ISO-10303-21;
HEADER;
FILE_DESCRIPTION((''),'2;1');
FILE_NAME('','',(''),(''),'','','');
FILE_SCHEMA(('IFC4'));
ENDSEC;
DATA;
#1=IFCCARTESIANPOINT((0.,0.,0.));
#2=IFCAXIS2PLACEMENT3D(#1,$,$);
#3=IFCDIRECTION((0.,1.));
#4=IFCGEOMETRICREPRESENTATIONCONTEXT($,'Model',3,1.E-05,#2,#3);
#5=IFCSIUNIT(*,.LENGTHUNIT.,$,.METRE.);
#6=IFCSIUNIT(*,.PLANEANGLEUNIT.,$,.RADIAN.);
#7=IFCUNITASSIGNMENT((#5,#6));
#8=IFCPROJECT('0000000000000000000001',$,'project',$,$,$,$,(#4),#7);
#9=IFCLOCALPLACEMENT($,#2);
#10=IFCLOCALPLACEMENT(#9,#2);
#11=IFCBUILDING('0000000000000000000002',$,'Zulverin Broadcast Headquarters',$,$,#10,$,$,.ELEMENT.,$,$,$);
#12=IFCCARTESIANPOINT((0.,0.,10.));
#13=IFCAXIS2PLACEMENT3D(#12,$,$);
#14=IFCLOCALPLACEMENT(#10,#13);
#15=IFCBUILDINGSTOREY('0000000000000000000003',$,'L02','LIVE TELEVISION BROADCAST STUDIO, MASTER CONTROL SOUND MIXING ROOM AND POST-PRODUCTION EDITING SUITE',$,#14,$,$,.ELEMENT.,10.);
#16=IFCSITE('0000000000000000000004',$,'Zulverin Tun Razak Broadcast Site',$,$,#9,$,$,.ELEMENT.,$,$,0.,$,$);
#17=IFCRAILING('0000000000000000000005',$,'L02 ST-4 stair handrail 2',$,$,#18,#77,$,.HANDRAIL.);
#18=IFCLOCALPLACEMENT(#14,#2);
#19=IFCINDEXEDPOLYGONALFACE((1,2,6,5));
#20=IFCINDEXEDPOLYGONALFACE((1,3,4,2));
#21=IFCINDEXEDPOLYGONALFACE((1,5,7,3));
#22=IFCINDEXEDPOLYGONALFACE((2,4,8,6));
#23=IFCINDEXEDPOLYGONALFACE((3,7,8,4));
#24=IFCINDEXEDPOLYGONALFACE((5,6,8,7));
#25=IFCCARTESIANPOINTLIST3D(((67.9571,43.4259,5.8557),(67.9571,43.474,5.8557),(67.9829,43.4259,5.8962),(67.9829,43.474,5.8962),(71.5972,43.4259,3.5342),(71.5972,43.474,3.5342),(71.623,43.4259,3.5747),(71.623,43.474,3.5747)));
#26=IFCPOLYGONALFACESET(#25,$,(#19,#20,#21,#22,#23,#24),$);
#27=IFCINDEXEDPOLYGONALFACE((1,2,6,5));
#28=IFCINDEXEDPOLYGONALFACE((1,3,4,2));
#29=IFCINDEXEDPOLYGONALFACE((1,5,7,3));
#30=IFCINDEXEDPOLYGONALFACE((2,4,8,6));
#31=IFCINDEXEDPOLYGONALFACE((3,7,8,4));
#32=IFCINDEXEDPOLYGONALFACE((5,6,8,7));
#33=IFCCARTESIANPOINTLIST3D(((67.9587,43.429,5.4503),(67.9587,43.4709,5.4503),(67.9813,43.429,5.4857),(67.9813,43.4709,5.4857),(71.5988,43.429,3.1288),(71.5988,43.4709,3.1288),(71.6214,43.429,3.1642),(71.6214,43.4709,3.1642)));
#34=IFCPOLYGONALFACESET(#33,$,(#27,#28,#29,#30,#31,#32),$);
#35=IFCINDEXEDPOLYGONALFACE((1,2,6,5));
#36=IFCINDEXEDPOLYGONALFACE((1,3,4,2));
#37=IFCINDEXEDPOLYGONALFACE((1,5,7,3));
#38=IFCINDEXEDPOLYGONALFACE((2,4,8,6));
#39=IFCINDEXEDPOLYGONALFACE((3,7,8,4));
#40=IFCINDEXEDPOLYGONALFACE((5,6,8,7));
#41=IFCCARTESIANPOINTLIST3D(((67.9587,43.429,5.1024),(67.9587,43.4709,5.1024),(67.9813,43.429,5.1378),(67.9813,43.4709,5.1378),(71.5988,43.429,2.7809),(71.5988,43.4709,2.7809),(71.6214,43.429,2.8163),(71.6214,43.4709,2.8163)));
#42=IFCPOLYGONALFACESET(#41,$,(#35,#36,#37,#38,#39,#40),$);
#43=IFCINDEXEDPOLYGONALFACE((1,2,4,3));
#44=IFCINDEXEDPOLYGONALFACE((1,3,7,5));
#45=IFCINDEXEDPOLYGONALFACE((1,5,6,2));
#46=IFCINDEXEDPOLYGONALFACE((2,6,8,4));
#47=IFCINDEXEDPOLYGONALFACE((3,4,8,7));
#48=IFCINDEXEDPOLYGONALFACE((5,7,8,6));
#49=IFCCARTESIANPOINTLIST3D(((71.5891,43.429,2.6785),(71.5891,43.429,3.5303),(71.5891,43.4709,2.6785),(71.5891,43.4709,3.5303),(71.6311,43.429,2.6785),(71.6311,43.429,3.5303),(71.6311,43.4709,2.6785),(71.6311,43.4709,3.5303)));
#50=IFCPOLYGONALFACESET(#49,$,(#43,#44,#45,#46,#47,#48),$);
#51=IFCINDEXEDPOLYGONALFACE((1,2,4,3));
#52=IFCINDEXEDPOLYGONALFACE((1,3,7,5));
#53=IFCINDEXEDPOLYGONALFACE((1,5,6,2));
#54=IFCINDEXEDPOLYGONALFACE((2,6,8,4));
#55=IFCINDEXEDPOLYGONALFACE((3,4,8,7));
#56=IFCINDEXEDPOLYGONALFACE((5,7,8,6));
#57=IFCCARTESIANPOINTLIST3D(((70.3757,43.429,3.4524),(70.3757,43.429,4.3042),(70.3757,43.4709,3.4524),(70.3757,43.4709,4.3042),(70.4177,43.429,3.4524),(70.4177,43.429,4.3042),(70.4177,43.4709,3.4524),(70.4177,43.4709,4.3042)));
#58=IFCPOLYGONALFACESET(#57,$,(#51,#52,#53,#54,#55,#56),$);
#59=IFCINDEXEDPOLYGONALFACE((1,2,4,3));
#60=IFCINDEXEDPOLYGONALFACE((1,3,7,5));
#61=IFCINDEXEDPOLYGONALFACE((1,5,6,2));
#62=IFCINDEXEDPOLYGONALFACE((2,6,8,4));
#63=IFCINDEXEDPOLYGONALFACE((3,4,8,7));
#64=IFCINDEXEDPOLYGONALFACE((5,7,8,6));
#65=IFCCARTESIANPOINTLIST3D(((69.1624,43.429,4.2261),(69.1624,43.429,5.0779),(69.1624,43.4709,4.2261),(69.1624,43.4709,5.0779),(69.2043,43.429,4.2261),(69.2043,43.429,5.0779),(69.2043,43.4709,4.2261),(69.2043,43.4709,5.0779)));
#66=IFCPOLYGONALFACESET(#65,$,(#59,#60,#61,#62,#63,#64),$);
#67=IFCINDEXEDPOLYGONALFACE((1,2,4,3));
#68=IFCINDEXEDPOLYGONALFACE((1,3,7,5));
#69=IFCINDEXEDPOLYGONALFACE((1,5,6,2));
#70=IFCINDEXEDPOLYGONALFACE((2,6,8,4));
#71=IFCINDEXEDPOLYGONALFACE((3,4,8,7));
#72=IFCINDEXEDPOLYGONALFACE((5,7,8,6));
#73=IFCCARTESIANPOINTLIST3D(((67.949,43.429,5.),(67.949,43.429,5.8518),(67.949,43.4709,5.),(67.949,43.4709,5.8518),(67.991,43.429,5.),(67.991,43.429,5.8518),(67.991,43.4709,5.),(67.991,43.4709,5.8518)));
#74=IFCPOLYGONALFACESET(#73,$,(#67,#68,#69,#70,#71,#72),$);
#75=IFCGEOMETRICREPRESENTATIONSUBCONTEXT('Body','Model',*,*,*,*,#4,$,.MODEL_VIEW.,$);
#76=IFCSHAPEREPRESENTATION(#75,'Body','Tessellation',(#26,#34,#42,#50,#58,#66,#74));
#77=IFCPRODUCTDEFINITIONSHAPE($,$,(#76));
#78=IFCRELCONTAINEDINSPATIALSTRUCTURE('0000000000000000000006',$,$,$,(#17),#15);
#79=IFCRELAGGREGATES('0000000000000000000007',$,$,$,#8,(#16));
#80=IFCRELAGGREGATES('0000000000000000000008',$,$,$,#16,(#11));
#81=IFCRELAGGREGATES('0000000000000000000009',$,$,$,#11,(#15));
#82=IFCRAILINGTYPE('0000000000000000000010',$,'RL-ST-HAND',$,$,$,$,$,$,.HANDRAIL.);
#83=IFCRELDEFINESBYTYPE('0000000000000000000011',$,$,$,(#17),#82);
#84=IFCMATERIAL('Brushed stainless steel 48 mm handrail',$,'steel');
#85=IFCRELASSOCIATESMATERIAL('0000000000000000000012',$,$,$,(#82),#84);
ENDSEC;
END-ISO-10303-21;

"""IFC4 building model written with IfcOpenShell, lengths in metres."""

from ifc_helpers import new_model, si_unit, direction, frame, origin, origin_2d, place, context, subcontext, project, spatial, rectangle, extrude, material, type_object, element, save


model = new_model("IFC4")

# Units and contexts
model_context = context("Model", 3, precision=1e-05, world=origin(), true_north=direction((0.0, 1.0)))
body_context = subcontext(model_context, "Body", "Model", "MODEL_VIEW")
ifc_project = project(units=[si_unit("LENGTHUNIT", "METRE"), si_unit("PLANEANGLEUNIT", "RADIAN")], contexts=[model_context])

# Site, building, storey
site_placement = place(None, origin())
site = spatial("IfcSite", under=ifc_project, at=site_placement, Name="Zulverin Tun Razak Broadcast Site", CompositionType="ELEMENT", RefElevation=0.0)
building_placement = place(site_placement, origin())
building = spatial("IfcBuilding", under=site, at=building_placement, Name="Zulverin Broadcast Headquarters", CompositionType="ELEMENT")
storey_placement = place(building_placement, frame((0.0, 0.0, 10.0)))
storey = spatial("IfcBuildingStorey", under=building, at=storey_placement, Name="L02", Description="LIVE TELEVISION BROADCAST STUDIO, MASTER CONTROL SOUND MIXING ROOM AND POST-PRODUCTION EDITING SUITE", CompositionType="ELEMENT", Elevation=10.0)

# Railing
ifc_material_1 = material(Name="Brushed stainless steel 48 mm handrail", Category="steel")
railing_type_1 = type_object("IfcRailingType", Name="RL-ST-HAND", PredefinedType="HANDRAIL", material=ifc_material_1)
railing_1_placement = place(storey_placement, frame((71.6101, 43.45, 2.6785)))
element("IfcRailing", 1, at=railing_1_placement, inside=storey, type_object=railing_type_1, Name="L02 ST-4 stair handrail 2", PredefinedType="HANDRAIL", context=body_context, shape_type="SweptSolid", body=[
    extrude(rectangle(XDim=0.0481, YDim=0.0481, at=origin_2d()), frame((0.0, 0.0, 0.876), z_axis=(-0.843128, 0.0, 0.537713), x_axis=(0.0, -1.0, 0.0)), (0.0, 0.0, 1.0), 4.3174),
    extrude(rectangle(XDim=0.042, YDim=0.042, at=origin_2d()), frame((0.0, 0.0, 0.468), z_axis=(-0.843128, 0.0, 0.537713), x_axis=(0.0, -1.0, 0.0)), (0.0, 0.0, 1.0), 4.3174),
    extrude(rectangle(XDim=0.042, YDim=0.042, at=origin_2d()), frame((0.0, 0.0, 0.1201), z_axis=(-0.843128, 0.0, 0.537713), x_axis=(0.0, -1.0, 0.0)), (0.0, 0.0, 1.0), 4.3174),
    extrude(rectangle(XDim=0.042, YDim=0.042, at=origin_2d()), origin(), (0.0, 0.0, 1.0), 0.8518),
    extrude(rectangle(XDim=0.042, YDim=0.042, at=origin_2d()), frame((-1.2134, 0.0, 0.7739)), (0.0, 0.0, 1.0), 0.8518),
    extrude(rectangle(XDim=0.042, YDim=0.042, at=origin_2d()), frame((-2.4268, 0.0, 1.5476)), (0.0, 0.0, 1.0), 0.8518),
    extrude(rectangle(XDim=0.042, YDim=0.042, at=origin_2d()), frame((-3.6401, 0.0, 2.3215)), (0.0, 0.0, 1.0), 0.8518),
])

save(model, "model.ifc")
